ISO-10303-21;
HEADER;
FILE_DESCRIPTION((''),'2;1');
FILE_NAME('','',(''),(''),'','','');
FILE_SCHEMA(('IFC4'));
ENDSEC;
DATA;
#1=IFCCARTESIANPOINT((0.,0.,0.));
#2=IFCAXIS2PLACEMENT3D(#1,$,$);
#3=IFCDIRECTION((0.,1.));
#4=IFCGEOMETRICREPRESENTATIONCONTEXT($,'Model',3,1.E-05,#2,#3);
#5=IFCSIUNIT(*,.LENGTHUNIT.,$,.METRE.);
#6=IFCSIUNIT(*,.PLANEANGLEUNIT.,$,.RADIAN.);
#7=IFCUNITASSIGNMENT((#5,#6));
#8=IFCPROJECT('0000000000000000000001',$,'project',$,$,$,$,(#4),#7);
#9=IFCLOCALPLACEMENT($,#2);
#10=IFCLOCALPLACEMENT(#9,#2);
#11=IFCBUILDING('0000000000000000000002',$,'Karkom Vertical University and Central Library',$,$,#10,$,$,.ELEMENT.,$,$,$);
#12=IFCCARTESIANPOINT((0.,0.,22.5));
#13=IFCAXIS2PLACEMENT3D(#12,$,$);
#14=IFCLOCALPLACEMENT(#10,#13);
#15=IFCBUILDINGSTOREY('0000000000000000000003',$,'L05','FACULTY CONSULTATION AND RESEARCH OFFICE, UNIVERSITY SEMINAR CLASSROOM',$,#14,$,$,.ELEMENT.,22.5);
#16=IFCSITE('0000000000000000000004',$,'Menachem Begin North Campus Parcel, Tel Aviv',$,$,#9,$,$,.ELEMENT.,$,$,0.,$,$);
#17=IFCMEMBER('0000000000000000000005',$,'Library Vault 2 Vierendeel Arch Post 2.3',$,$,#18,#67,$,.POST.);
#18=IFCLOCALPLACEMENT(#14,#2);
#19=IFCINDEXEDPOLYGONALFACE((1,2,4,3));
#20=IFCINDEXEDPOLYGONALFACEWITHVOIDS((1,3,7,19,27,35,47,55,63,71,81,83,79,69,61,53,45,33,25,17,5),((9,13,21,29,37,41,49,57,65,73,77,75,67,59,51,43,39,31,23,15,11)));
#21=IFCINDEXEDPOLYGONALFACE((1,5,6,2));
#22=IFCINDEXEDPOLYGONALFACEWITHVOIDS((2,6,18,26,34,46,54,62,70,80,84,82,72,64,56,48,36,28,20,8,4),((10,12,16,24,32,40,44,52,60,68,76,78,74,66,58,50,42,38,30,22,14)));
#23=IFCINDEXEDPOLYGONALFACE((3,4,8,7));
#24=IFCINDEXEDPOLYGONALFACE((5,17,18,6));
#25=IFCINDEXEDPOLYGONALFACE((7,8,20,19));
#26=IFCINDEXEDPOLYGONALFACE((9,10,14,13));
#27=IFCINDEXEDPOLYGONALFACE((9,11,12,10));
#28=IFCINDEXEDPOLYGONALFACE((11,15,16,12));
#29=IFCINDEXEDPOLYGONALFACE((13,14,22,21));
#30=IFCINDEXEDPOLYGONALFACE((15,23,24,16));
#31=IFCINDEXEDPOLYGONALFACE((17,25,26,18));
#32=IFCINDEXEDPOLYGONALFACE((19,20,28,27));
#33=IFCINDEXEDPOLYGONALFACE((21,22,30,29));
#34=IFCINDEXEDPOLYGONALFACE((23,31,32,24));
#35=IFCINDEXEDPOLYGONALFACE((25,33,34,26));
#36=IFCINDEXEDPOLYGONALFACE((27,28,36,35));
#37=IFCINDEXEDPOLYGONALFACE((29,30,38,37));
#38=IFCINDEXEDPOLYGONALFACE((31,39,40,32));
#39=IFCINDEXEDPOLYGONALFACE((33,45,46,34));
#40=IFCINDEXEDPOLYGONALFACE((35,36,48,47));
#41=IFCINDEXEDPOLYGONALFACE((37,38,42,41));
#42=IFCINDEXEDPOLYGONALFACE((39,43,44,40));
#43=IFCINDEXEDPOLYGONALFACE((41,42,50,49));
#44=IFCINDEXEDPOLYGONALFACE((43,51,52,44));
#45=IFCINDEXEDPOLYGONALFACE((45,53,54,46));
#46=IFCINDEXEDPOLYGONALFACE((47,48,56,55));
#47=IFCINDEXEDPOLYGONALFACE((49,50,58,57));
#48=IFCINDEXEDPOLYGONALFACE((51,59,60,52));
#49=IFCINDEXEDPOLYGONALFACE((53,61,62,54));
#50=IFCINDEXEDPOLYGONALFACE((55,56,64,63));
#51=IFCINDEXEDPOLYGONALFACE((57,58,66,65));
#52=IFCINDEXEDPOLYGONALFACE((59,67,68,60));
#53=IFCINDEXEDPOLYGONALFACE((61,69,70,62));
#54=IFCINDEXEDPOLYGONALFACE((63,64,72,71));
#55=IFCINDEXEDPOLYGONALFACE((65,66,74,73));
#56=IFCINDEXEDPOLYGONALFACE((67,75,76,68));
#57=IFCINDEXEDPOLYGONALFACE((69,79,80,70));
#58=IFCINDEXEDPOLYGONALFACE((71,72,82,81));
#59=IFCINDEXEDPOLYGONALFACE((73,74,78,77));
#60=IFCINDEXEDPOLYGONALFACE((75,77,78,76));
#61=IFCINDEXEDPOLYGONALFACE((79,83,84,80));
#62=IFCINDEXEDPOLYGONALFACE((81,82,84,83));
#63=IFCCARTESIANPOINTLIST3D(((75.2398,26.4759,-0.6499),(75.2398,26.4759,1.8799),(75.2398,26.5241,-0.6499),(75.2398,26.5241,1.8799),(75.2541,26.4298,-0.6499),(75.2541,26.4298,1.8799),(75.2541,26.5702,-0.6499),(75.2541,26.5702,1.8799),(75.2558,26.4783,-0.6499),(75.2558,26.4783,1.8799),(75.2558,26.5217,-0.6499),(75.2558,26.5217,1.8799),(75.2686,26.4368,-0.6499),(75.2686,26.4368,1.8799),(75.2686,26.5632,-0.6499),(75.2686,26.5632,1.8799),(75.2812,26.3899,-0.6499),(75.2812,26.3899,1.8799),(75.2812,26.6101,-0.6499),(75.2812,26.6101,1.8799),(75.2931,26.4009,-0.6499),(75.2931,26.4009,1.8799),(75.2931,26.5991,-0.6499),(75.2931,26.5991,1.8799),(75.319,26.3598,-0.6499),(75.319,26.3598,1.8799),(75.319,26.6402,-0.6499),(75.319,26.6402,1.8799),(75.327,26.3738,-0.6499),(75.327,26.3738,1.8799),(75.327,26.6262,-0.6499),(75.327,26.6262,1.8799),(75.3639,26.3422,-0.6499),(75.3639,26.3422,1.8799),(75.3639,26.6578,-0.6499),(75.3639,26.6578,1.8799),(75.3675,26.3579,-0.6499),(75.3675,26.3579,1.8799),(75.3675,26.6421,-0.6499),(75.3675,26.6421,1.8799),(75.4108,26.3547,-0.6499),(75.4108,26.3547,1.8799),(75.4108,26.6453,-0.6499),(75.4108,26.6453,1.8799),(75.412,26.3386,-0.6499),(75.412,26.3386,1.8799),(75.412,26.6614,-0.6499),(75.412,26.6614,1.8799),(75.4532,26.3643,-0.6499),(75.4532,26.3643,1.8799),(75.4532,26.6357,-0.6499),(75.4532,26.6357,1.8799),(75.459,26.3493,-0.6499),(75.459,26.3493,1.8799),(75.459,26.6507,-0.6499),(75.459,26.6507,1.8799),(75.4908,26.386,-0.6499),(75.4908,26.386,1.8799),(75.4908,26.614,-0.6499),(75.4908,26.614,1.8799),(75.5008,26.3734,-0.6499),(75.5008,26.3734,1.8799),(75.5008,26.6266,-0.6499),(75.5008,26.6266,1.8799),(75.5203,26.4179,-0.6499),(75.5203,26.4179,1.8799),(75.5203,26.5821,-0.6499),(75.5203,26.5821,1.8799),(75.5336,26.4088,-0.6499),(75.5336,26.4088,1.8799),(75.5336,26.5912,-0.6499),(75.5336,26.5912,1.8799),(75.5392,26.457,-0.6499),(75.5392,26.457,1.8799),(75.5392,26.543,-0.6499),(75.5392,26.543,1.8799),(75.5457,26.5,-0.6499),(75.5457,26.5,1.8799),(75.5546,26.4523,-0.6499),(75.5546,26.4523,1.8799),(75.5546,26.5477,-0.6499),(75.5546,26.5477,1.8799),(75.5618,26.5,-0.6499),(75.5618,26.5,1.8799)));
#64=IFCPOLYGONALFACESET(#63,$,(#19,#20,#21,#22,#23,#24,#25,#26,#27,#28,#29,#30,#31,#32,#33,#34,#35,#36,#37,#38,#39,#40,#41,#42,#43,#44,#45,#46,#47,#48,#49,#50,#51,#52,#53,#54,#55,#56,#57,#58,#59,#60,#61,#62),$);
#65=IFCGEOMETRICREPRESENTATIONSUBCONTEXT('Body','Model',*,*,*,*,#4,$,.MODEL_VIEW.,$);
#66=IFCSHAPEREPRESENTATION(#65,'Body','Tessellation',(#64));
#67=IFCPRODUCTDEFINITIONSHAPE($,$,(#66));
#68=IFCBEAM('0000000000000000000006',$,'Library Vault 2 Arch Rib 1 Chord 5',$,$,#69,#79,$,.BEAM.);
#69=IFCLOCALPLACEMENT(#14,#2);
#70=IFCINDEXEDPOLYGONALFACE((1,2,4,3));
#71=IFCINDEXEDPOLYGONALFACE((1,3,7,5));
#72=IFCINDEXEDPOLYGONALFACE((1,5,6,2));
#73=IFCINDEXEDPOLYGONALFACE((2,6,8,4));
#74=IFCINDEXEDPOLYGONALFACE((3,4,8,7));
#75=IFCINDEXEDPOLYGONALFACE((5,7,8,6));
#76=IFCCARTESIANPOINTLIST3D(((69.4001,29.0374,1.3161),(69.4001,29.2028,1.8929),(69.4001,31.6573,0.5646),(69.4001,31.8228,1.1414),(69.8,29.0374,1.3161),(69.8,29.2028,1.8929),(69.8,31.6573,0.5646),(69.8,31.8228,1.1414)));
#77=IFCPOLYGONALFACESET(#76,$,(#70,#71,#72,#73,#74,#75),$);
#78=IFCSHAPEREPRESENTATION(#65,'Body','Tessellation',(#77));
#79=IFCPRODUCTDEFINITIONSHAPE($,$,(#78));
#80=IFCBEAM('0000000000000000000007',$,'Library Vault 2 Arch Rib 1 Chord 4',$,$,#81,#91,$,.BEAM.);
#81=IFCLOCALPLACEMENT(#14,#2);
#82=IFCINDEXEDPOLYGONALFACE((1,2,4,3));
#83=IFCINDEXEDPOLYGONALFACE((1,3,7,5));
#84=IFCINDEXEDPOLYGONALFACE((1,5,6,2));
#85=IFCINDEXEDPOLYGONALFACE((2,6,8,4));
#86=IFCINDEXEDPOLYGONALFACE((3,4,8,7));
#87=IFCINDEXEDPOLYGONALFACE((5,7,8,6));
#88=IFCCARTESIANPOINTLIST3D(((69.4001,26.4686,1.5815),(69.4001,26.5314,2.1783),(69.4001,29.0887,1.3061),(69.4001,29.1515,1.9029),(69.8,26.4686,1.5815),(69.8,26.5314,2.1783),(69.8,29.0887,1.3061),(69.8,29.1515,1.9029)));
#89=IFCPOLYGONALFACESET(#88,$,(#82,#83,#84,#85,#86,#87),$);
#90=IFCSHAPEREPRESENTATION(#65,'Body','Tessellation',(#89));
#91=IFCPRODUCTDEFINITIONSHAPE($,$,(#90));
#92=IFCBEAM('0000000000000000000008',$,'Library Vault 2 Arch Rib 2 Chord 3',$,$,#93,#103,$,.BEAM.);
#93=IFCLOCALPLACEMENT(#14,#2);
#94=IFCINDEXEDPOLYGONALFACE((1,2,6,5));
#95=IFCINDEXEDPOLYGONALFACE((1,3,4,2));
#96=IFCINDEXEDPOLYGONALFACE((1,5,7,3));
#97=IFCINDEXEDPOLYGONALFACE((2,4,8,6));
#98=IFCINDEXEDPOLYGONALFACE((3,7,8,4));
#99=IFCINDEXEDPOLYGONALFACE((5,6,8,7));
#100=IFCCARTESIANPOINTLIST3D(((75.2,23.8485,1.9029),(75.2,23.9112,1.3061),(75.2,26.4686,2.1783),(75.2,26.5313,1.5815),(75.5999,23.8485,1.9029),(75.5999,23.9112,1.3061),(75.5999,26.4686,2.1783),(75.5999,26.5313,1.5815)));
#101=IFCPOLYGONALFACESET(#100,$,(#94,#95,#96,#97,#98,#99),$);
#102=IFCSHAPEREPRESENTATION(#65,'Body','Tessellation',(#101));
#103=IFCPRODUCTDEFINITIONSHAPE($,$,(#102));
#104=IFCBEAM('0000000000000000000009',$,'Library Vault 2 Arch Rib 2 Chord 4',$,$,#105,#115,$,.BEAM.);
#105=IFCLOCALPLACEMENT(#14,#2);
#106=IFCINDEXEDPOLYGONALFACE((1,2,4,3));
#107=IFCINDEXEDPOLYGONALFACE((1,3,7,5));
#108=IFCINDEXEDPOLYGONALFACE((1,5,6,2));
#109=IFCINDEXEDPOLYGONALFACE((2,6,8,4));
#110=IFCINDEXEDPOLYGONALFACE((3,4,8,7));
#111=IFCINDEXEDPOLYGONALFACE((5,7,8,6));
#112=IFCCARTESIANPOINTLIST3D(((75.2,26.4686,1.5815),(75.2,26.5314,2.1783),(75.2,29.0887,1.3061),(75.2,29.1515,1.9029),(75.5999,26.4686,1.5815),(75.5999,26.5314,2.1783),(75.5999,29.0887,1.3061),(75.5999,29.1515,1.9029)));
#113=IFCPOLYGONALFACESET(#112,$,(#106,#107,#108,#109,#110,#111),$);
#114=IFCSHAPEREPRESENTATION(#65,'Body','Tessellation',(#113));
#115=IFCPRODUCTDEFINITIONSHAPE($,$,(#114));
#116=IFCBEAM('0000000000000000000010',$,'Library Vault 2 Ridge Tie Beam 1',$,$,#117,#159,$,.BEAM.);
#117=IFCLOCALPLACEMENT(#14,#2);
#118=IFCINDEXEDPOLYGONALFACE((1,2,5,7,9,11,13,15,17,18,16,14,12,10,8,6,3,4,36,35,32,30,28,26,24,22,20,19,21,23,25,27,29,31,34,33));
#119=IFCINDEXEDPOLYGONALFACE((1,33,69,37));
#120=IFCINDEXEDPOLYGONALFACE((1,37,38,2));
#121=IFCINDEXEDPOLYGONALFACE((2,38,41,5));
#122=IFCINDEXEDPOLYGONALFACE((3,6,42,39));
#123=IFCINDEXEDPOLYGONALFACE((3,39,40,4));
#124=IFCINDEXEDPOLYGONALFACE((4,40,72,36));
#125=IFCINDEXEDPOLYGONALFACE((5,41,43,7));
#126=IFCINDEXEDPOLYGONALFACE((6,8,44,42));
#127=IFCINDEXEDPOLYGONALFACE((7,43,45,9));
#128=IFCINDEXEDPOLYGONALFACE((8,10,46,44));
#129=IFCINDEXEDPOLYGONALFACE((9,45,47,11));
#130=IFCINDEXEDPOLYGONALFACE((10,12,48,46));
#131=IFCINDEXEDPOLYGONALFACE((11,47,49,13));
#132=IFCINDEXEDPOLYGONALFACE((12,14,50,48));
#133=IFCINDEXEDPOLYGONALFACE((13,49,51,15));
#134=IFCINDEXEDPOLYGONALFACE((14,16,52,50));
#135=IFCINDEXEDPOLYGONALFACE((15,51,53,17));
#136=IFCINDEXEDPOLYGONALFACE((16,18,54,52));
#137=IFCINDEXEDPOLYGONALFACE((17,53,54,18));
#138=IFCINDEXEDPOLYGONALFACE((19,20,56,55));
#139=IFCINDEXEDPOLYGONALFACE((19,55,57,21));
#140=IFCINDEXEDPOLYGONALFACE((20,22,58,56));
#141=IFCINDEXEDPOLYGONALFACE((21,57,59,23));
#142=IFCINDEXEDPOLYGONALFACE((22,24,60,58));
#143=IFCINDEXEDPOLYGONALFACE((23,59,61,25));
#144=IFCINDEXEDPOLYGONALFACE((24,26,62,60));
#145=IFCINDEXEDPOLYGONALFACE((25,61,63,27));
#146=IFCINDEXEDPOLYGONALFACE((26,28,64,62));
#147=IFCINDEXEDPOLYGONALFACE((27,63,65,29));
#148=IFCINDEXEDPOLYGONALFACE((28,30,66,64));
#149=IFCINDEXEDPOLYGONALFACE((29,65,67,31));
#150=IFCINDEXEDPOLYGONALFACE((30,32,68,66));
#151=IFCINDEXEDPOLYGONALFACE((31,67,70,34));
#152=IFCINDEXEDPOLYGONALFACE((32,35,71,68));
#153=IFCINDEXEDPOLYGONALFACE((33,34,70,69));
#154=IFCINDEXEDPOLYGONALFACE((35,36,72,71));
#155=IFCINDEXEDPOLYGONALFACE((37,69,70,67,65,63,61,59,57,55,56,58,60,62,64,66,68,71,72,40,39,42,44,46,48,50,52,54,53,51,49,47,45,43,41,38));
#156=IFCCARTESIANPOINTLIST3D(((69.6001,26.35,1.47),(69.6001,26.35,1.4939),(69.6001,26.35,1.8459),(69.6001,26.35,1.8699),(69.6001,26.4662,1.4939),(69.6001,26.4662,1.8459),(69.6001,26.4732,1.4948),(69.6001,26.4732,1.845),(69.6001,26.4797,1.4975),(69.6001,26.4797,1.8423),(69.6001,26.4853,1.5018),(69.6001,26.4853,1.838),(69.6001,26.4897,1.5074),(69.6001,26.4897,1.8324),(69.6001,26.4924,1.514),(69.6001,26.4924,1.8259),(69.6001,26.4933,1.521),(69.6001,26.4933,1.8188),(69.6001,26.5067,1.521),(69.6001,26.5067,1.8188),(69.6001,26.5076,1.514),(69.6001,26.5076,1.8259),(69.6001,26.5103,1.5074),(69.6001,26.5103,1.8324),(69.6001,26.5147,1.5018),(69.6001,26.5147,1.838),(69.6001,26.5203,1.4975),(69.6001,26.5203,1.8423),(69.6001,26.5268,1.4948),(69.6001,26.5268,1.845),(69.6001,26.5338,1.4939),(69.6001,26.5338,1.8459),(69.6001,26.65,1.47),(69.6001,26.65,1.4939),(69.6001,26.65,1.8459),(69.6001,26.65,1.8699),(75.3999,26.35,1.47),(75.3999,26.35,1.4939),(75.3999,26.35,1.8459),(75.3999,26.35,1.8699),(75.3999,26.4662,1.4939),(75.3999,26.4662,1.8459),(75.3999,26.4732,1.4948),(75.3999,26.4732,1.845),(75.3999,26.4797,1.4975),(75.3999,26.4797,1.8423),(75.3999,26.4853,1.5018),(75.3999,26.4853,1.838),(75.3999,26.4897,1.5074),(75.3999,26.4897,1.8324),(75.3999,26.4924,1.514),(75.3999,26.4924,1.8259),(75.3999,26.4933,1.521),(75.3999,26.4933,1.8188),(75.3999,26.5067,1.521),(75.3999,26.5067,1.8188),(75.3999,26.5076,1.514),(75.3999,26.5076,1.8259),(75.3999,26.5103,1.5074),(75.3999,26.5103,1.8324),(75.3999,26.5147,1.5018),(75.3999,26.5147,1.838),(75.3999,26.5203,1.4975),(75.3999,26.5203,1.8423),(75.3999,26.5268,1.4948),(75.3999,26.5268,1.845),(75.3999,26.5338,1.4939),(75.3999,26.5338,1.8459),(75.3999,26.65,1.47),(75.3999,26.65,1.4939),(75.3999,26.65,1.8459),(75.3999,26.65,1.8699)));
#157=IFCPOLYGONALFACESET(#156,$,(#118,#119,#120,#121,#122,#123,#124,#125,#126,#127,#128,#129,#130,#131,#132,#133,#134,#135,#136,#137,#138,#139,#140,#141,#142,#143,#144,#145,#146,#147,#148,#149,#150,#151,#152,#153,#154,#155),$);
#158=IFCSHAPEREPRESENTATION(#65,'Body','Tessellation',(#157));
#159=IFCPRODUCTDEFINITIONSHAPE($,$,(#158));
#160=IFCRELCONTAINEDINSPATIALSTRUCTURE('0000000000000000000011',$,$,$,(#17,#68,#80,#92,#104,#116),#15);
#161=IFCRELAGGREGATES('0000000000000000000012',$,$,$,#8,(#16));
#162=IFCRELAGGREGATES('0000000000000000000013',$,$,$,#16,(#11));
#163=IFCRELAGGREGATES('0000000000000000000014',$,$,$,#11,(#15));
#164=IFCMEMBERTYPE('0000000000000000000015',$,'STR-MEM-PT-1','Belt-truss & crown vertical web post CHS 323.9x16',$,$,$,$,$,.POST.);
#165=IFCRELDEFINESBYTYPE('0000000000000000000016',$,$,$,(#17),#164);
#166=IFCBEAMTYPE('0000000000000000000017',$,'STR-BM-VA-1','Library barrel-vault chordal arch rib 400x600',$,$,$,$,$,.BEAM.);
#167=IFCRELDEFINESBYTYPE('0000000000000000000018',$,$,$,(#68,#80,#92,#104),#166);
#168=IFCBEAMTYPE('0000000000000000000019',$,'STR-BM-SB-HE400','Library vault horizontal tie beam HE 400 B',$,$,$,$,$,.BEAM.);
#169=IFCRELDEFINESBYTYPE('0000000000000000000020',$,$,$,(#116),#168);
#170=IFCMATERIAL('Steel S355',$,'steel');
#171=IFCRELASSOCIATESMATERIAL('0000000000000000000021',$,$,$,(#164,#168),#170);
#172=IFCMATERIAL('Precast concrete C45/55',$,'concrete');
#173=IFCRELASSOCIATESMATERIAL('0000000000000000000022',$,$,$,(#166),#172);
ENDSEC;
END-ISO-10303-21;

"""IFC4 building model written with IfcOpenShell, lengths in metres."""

from ifc_helpers import new_model, si_unit, direction, frame, origin, origin_with_axes, origin_2d, place, context, subcontext, project, spatial, rectangle, hollow_circle, i_section, extrude, source, transform, mapped, material, material_profile, profile_set, type_object, element, save


model = new_model("IFC4")

# Units and contexts
model_context = context("Model", 3, precision=1e-05, world=origin(), true_north=direction((0.0, 1.0)))
body_context = subcontext(model_context, "Body", "Model", "MODEL_VIEW")
ifc_project = project(units=[si_unit("LENGTHUNIT", "METRE"), si_unit("PLANEANGLEUNIT", "RADIAN")], contexts=[model_context])

# Site, building, storey
site_placement = place(None, origin())
site = spatial("IfcSite", under=ifc_project, at=site_placement, Name="Menachem Begin North Campus Parcel, Tel Aviv", CompositionType="ELEMENT", RefElevation=0.0)
building_placement = place(site_placement, origin())
building = spatial("IfcBuilding", under=site, at=building_placement, Name="Karkom Vertical University and Central Library", CompositionType="ELEMENT")
storey_placement = place(building_placement, frame((0.0, 0.0, 22.5)))
storey = spatial("IfcBuildingStorey", under=building, at=storey_placement, Name="L05", Description="FACULTY CONSULTATION AND RESEARCH OFFICE, UNIVERSITY SEMINAR CLASSROOM", CompositionType="ELEMENT", Elevation=22.5)

# Member
ifc_material_1 = material(Name="Steel S355", Category="steel")
ifc_material_profile_1 = material_profile(ifc_material_1, hollow_circle(Radius=0.1619, WallThickness=0.0161, at=origin_2d()), Name="CHS 323.9x16")
ifc_profile_set_1 = profile_set([ifc_material_profile_1], Name="Steel S355")
member_type_1 = type_object("IfcMemberType", Name="STR-MEM-PT-1", Description="Belt-truss & crown vertical web post CHS 323.9x16", PredefinedType="POST", material=ifc_profile_set_1)
shared_shape_1 = source(origin_with_axes(), body_context, "Body", "SweptSolid", [
    extrude(hollow_circle(Radius=0.1619, WallThickness=0.0161, at=origin_2d()), origin(), (0.0, 0.0, 1.0), 2.5298),
])
member_1_placement = place(storey_placement, frame((75.3999, 26.5, -0.6499), z_axis=(0.0, 0.0, 1.0), x_axis=(1.0, 0.0, 0.0)))
element("IfcMember", 1, at=member_1_placement, inside=storey, type_object=member_type_1, Name="Library Vault 2 Vierendeel Arch Post 2.3", PredefinedType="POST", context=body_context, shape_type="MappedRepresentation", body=[
    mapped(shared_shape_1, transform((0.0, 0.0, 0.0), scale=1.0)),
])

# Beams
ifc_material_2 = material(Name="Precast concrete C45/55", Category="concrete")
ifc_material_profile_2 = material_profile(ifc_material_2, rectangle(XDim=0.3999, YDim=0.6001, at=origin_2d()), Name="RCB-400x600")
ifc_profile_set_2 = profile_set([ifc_material_profile_2], Name="Precast concrete C45/55")
beam_type_1 = type_object("IfcBeamType", Name="STR-BM-VA-1", Description="Library barrel-vault chordal arch rib 400x600", PredefinedType="BEAM", material=ifc_profile_set_2)
shared_shape_2 = source(origin_with_axes(), body_context, "Body", "SweptSolid", [
    extrude(rectangle(XDim=0.3999, YDim=0.6001, at=origin_2d()), origin(), (0.0, 0.0, 1.0), 2.7256),
])
beam_1_placement = place(storey_placement, frame((69.6001, 29.1201, 1.6045), z_axis=(0.0, 0.961239, -0.275715), x_axis=(-1.0, 0.0, 0.0)))
element("IfcBeam", 2, at=beam_1_placement, inside=storey, type_object=beam_type_1, Name="Library Vault 2 Arch Rib 1 Chord 5", PredefinedType="BEAM", context=body_context, shape_type="MappedRepresentation", body=[
    mapped(shared_shape_2, transform((0.0, 0.0, 0.0), scale=1.0)),
])
shared_shape_3 = source(origin_with_axes(), body_context, "Body", "SweptSolid", [
    extrude(rectangle(XDim=0.3999, YDim=0.6001, at=origin_2d()), origin(), (0.0, 0.0, 1.0), 2.6345),
])
for number, where, z_axis, x_axis, name in (
    (3, (69.6001, 26.5, 1.8799), (0.0, 0.994522, -0.10453), (-1.0, 0.0, 0.0), "Library Vault 2 Arch Rib 1 Chord 4"),
    (4, (75.3999, 23.8799, 1.6045), (0.0, 0.994522, 0.10453), (-1.0, 0.0, 0.0), "Library Vault 2 Arch Rib 2 Chord 3"),
    (5, (75.3999, 26.5, 1.8799), (0.0, 0.994522, -0.10453), (-1.0, 0.0, 0.0), "Library Vault 2 Arch Rib 2 Chord 4"),
):
    element("IfcBeam", number, at=place(storey_placement, frame(where, z_axis=z_axis, x_axis=x_axis)), inside=storey, type_object=beam_type_1, Name=name, PredefinedType="BEAM", context=body_context, shape_type="MappedRepresentation", body=[
        mapped(shared_shape_3, transform((0.0, 0.0, 0.0), scale=1.0)),
    ])
ifc_material_profile_3 = material_profile(ifc_material_1, i_section(OverallWidth=0.3, OverallDepth=0.3999, WebThickness=0.0134, FlangeThickness=0.0239, FilletRadius=0.0271, at=origin_2d()), Name="HE 400 B")
ifc_profile_set_3 = profile_set([ifc_material_profile_3], Name="Steel S355")
beam_type_2 = type_object("IfcBeamType", Name="STR-BM-SB-HE400", Description="Library vault horizontal tie beam HE 400 B", PredefinedType="BEAM", material=ifc_profile_set_3)
shared_shape_4 = source(origin_with_axes(), body_context, "Body", "SweptSolid", [
    extrude(i_section(OverallWidth=0.3, OverallDepth=0.3999, WebThickness=0.0134, FlangeThickness=0.0239, FilletRadius=0.0271, at=origin_2d()), origin(), (0.0, 0.0, 1.0), 5.7998),
])
beam_2_placement = place(storey_placement, frame((69.6001, 26.5, 1.6699), z_axis=(1.0, 0.0, 0.0), x_axis=(0.0, 1.0, 0.0)))
element("IfcBeam", 6, at=beam_2_placement, inside=storey, type_object=beam_type_2, Name="Library Vault 2 Ridge Tie Beam 1", PredefinedType="BEAM", context=body_context, shape_type="MappedRepresentation", body=[
    mapped(shared_shape_4, transform((0.0, 0.0, 0.0), scale=1.0)),
])

save(model, "model.ifc")
